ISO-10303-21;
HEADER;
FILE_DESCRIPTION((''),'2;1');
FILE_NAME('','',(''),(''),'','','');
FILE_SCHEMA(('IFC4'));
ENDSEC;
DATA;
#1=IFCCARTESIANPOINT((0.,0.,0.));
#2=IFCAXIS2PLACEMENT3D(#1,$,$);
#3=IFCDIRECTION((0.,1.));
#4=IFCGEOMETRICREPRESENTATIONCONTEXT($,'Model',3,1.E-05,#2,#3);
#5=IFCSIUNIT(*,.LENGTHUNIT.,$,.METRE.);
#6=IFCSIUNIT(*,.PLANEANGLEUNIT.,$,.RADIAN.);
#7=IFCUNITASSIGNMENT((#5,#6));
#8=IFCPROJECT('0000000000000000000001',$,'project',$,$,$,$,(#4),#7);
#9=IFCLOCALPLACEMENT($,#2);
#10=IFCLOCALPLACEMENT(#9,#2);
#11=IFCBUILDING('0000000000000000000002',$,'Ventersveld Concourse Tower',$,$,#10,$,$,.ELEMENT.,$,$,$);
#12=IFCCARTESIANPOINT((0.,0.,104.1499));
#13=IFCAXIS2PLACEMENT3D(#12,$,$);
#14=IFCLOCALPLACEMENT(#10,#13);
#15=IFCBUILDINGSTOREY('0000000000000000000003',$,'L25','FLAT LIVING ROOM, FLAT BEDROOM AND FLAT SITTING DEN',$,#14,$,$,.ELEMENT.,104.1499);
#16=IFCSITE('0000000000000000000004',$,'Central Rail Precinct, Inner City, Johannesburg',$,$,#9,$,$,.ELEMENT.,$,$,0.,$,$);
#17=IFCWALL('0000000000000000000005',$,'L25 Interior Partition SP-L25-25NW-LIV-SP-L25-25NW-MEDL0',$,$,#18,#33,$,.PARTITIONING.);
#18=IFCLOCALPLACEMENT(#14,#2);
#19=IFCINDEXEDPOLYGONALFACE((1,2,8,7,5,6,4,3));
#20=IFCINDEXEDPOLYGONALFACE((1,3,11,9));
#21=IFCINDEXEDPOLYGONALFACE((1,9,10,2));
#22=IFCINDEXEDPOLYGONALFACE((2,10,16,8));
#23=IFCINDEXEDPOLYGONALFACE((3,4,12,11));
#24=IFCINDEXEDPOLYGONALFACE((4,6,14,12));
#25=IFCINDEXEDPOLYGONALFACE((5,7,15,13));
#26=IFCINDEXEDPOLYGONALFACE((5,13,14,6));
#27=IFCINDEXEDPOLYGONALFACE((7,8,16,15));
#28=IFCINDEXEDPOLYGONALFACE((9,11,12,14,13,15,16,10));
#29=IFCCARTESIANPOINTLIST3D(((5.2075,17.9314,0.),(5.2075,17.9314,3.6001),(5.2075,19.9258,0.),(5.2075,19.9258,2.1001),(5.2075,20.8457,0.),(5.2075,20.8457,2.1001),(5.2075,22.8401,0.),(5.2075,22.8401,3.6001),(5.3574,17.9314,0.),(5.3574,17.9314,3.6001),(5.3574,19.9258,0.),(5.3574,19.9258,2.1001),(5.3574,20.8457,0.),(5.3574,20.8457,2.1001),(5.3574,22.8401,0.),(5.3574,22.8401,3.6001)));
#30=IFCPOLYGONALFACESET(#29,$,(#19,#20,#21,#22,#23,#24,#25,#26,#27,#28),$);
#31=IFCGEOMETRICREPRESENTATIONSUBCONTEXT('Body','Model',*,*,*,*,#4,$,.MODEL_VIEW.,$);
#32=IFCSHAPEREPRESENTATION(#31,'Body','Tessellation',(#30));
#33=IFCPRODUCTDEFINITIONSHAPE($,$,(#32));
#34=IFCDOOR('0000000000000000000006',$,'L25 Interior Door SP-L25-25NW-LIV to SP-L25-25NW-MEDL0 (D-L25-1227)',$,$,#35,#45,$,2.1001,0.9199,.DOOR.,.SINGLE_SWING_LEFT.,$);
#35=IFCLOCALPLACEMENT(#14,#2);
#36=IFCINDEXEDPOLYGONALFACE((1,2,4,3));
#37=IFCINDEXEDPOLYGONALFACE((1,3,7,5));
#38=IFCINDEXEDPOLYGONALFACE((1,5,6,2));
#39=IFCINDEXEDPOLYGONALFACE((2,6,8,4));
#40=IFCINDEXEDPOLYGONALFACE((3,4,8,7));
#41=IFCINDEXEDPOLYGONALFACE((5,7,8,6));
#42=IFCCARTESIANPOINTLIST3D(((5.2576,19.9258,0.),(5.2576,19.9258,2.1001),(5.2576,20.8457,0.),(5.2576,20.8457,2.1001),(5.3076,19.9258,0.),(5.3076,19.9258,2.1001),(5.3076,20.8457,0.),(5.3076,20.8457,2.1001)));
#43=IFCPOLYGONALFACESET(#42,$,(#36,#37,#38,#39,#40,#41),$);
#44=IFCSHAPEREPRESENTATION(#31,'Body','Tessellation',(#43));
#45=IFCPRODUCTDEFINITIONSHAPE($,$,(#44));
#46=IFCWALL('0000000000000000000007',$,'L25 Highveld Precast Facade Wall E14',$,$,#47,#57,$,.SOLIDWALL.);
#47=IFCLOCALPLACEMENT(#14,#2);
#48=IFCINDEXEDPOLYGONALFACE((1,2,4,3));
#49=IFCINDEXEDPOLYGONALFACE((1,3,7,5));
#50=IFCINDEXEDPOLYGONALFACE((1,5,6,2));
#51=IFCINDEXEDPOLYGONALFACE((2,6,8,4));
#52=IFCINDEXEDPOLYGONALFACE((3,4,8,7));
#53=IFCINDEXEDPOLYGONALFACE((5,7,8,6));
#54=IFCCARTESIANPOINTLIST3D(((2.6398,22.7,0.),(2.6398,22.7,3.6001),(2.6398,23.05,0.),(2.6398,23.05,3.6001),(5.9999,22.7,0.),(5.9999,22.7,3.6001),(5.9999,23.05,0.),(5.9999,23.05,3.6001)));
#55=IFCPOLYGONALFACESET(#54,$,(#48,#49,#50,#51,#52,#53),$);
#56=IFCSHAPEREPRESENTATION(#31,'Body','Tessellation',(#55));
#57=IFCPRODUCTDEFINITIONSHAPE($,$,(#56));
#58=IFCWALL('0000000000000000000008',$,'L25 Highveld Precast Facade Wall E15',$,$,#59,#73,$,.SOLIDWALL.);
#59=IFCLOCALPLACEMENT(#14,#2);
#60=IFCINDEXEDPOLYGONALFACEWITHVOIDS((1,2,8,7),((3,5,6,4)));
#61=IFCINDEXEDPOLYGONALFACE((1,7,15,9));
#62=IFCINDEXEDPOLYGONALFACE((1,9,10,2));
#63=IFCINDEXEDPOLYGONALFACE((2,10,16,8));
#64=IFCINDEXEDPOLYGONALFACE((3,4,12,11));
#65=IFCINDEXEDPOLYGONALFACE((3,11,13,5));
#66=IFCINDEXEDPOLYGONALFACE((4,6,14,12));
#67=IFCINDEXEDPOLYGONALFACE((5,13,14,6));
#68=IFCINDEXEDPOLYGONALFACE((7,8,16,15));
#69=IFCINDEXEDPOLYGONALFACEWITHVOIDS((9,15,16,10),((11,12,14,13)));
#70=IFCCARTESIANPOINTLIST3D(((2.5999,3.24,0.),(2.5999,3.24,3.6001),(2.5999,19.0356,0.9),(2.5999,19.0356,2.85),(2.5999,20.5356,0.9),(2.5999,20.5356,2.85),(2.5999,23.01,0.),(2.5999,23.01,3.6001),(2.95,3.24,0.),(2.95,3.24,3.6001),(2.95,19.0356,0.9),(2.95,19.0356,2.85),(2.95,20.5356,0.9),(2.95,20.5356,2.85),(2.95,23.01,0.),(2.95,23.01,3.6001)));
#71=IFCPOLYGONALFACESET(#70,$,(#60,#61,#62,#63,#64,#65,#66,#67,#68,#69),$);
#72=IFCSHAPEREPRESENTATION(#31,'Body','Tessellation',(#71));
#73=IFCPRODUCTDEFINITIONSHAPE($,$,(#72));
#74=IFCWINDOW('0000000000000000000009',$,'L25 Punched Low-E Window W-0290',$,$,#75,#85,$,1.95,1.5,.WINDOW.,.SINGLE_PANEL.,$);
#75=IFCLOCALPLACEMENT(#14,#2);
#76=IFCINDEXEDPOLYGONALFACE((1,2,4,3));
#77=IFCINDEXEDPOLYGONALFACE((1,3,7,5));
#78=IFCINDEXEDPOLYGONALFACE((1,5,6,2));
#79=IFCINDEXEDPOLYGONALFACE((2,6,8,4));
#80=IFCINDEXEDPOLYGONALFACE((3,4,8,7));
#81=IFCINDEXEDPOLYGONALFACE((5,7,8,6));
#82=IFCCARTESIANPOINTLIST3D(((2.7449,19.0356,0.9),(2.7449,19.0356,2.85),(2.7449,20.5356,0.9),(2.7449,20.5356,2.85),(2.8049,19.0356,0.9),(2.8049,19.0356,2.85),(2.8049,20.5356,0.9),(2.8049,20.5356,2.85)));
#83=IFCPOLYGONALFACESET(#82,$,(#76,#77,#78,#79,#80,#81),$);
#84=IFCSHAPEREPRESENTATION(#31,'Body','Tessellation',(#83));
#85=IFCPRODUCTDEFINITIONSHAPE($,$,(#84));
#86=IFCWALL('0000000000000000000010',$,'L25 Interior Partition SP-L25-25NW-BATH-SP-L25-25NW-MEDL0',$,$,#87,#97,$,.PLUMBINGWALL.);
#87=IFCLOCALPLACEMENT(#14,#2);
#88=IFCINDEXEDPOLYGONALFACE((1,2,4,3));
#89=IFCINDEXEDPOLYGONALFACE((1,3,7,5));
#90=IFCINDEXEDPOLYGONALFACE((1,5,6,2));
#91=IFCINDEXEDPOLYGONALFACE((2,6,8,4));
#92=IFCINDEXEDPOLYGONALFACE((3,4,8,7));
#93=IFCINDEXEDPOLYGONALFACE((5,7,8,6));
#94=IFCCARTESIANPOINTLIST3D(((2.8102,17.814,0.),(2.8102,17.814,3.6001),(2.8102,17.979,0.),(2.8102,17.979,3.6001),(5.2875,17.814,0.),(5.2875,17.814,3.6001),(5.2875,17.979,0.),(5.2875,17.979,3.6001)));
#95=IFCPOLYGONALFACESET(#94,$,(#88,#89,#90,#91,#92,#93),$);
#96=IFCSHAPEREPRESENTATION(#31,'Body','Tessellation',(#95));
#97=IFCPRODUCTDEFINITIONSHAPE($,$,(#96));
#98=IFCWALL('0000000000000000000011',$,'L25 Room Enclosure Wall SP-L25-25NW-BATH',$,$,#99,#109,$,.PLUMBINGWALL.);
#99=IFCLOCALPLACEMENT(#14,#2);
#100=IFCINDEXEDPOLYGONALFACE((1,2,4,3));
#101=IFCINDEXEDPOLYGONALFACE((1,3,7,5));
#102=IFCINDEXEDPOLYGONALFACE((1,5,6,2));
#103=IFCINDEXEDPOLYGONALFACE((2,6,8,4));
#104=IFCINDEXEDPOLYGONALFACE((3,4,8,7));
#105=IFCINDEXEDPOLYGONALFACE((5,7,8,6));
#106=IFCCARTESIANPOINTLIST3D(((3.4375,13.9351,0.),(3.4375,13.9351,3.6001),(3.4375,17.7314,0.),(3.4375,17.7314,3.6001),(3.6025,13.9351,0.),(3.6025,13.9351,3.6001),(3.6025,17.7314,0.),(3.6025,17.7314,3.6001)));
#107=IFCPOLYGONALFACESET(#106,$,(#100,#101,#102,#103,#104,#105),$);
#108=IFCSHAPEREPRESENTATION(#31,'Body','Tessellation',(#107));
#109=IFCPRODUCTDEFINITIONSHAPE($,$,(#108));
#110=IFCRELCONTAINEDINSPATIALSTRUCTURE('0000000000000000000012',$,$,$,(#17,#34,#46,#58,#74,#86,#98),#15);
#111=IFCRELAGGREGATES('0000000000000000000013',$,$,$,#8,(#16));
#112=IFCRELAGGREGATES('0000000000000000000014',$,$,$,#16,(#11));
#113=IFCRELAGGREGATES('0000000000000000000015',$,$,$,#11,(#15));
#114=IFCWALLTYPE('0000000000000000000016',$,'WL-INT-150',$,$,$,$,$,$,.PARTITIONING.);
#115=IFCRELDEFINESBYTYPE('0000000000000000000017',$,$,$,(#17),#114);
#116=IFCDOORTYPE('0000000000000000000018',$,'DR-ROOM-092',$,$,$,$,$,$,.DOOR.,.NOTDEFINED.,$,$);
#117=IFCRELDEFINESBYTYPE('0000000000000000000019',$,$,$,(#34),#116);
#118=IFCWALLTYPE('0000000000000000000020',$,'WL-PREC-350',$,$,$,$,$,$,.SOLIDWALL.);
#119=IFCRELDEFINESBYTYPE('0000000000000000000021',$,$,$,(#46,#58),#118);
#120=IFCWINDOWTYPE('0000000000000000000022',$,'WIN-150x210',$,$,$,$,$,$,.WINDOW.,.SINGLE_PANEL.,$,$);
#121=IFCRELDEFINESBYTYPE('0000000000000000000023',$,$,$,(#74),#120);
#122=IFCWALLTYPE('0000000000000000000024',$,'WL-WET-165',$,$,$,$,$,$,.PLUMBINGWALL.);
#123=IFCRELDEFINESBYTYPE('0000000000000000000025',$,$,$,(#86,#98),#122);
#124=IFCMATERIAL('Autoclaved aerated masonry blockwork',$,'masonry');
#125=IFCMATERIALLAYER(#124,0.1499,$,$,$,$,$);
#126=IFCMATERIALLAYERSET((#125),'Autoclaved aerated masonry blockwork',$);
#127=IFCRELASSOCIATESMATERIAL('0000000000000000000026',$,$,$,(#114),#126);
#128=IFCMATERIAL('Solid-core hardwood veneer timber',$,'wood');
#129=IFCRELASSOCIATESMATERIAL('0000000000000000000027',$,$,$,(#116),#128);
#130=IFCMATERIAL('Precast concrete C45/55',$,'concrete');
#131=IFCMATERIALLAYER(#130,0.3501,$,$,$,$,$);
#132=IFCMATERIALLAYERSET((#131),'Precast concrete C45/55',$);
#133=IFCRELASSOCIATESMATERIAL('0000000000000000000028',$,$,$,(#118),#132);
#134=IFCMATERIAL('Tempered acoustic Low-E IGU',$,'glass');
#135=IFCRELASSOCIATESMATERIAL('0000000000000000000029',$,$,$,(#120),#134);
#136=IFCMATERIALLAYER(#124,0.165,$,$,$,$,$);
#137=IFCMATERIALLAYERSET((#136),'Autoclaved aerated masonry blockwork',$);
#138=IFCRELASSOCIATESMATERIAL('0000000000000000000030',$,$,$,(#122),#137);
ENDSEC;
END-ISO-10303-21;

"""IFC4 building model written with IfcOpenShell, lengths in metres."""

from ifc_helpers import new_model, si_unit, direction, frame, frame_2d, origin, place, context, subcontext, project, spatial, rectangle, extrude, material, layer, layer_set, type_object, element, fill, save


model = new_model("IFC4")

# Units and contexts
model_context = context("Model", 3, precision=1e-05, world=origin(), true_north=direction((0.0, 1.0)))
body_context = subcontext(model_context, "Body", "Model", "MODEL_VIEW")
ifc_project = project(units=[si_unit("LENGTHUNIT", "METRE"), si_unit("PLANEANGLEUNIT", "RADIAN")], contexts=[model_context])

# Site, building, storey
site_placement = place(None, origin())
site = spatial("IfcSite", under=ifc_project, at=site_placement, Name="Central Rail Precinct, Inner City, Johannesburg", CompositionType="ELEMENT", RefElevation=0.0)
building_placement = place(site_placement, origin())
building = spatial("IfcBuilding", under=site, at=building_placement, Name="Ventersveld Concourse Tower", CompositionType="ELEMENT")
storey_placement = place(building_placement, frame((0.0, 0.0, 104.1499)))
storey = spatial("IfcBuildingStorey", under=building, at=storey_placement, Name="L25", Description="FLAT LIVING ROOM, FLAT BEDROOM AND FLAT SITTING DEN", CompositionType="ELEMENT", Elevation=104.1499)

# Shared definitions
ifc_material_1 = material(Name="Solid-core hardwood veneer timber", Category="wood")

# Wall, opening, door
ifc_material_2 = material(Name="Autoclaved aerated masonry blockwork", Category="masonry")
ifc_layer_1 = layer(ifc_material_2, 0.1499)
ifc_layer_set_1 = layer_set([ifc_layer_1], Name="Autoclaved aerated masonry blockwork")
wall_type_1 = type_object("IfcWallType", Name="WL-INT-150", PredefinedType="PARTITIONING", material=ifc_layer_set_1)
wall_1_placement = place(storey_placement, frame((5.2825, 17.9314, 0.0), z_axis=(0.0, 0.0, 1.0), x_axis=(0.0, 1.0, 0.0)))
wall_1 = element("IfcWall", 1, at=wall_1_placement, inside=storey, type_object=wall_type_1, Name="L25 Interior Partition SP-L25-25NW-LIV-SP-L25-25NW-MEDL0", PredefinedType="PARTITIONING", context=body_context, shape_type="SweptSolid", body=[
    extrude(rectangle(XDim=4.9087, YDim=0.1499, at=frame_2d((2.4543, 0.0))), origin(), (0.0, 0.0, 1.0), 3.6001),
])
opening_1_placement = place(wall_1_placement, frame((1.9944, 0.0, 0.0)))
opening_1 = element("IfcOpeningElement", 2, at=opening_1_placement, cuts=wall_1, PredefinedType="OPENING", context=body_context, shape_type="SweptSolid", body=[
    extrude(rectangle(XDim=0.9199, YDim=2.1001, at=frame_2d((0.46, 1.05))), frame((0.0, 0.085, 0.0), z_axis=(0.0, -1.0, 0.0), x_axis=(1.0, 0.0, 0.0)), (0.0, 0.0, 1.0), 0.1699),
])
door_type_1 = type_object("IfcDoorType", Name="DR-ROOM-092", OperationType="NOTDEFINED", PredefinedType="DOOR", material=ifc_material_1)
door_1_placement = place(opening_1_placement, origin())
door_1 = element("IfcDoor", 3, at=door_1_placement, inside=storey, type_object=door_type_1, Name="L25 Interior Door SP-L25-25NW-LIV to SP-L25-25NW-MEDL0 (D-L25-1227)", OperationType="SINGLE_SWING_LEFT", OverallHeight=2.1001, OverallWidth=0.9199, PredefinedType="DOOR", context=body_context, shape_type="SweptSolid", body=[
    extrude(rectangle(XDim=0.9199, YDim=2.1001, at=frame_2d((0.46, 1.05))), frame((0.0, 0.0249, 0.0), z_axis=(0.0, -1.0, 0.0), x_axis=(1.0, 0.0, 0.0)), (0.0, 0.0, 1.0), 0.05),
])
fill(opening_1, door_1)

# Wall
ifc_material_3 = material(Name="Precast concrete C45/55", Category="concrete")
ifc_layer_2 = layer(ifc_material_3, 0.3501)
ifc_layer_set_2 = layer_set([ifc_layer_2], Name="Precast concrete C45/55")
wall_type_2 = type_object("IfcWallType", Name="WL-PREC-350", PredefinedType="SOLIDWALL", material=ifc_layer_set_2)
wall_2_placement = place(storey_placement, frame((6.0, 22.875, 0.0), z_axis=(0.0, 0.0, 1.0), x_axis=(-1.0, 0.0, 0.0)))
element("IfcWall", 4, at=wall_2_placement, inside=storey, type_object=wall_type_2, Name="L25 Highveld Precast Facade Wall E14", PredefinedType="SOLIDWALL", context=body_context, shape_type="SweptSolid", body=[
    extrude(rectangle(XDim=3.3601, YDim=0.3501, at=frame_2d((1.6802, 0.0))), origin(), (0.0, 0.0, 1.0), 3.6001),
])

# Wall, opening, window
wall_3_placement = place(storey_placement, frame((2.7749, 23.01, 0.0), z_axis=(0.0, 0.0, 1.0), x_axis=(0.0, -1.0, 0.0)))
wall_3 = element("IfcWall", 5, at=wall_3_placement, inside=storey, type_object=wall_type_2, Name="L25 Highveld Precast Facade Wall E15", PredefinedType="SOLIDWALL", context=body_context, shape_type="SweptSolid", body=[
    extrude(rectangle(XDim=19.77, YDim=0.3501, at=frame_2d((9.885, 0.0))), origin(), (0.0, 0.0, 1.0), 3.6001),
])
opening_2_placement = place(wall_3_placement, frame((2.4744, 0.0, 0.8999)))
opening_2 = element("IfcOpeningElement", 6, at=opening_2_placement, cuts=wall_3, PredefinedType="OPENING", context=body_context, shape_type="SweptSolid", body=[
    extrude(rectangle(XDim=1.5, YDim=1.95, at=frame_2d((0.75, 0.9751))), frame((0.0, 0.1851, 0.0), z_axis=(0.0, -1.0, 0.0), x_axis=(1.0, 0.0, 0.0)), (0.0, 0.0, 1.0), 0.3701),
])
ifc_material_4 = material(Name="Tempered acoustic Low-E IGU", Category="glass")
window_type = type_object("IfcWindowType", Name="WIN-150x210", PartitioningType="SINGLE_PANEL", PredefinedType="WINDOW", material=ifc_material_4)
window_placement = place(opening_2_placement, origin())
window = element("IfcWindow", 7, at=window_placement, inside=storey, type_object=window_type, Name="L25 Punched Low-E Window W-0290", OverallHeight=1.95, OverallWidth=1.5, PartitioningType="SINGLE_PANEL", PredefinedType="WINDOW", context=body_context, shape_type="SweptSolid", body=[
    extrude(rectangle(XDim=1.5, YDim=1.95, at=frame_2d((0.75, 0.9751))), frame((0.0, 0.03, 0.0), z_axis=(0.0, -1.0, 0.0), x_axis=(1.0, 0.0, 0.0)), (0.0, 0.0, 1.0), 0.0601),
])
fill(opening_2, window)

# Walls
ifc_layer_3 = layer(ifc_material_2, 0.165)
ifc_layer_set_3 = layer_set([ifc_layer_3], Name="Autoclaved aerated masonry blockwork")
wall_type_3 = type_object("IfcWallType", Name="WL-WET-165", PredefinedType="PLUMBINGWALL", material=ifc_layer_set_3)
wall_4_placement = place(storey_placement, frame((2.8101, 17.8965, 0.0), z_axis=(0.0, 0.0, 1.0), x_axis=(1.0, 0.0, 0.0)))
element("IfcWall", 8, at=wall_4_placement, inside=storey, type_object=wall_type_3, Name="L25 Interior Partition SP-L25-25NW-BATH-SP-L25-25NW-MEDL0", PredefinedType="PLUMBINGWALL", context=body_context, shape_type="SweptSolid", body=[
    extrude(rectangle(XDim=2.4773, YDim=0.165, at=frame_2d((1.2388, 0.0))), origin(), (0.0, 0.0, 1.0), 3.6001),
])
wall_5_placement = place(storey_placement, frame((3.52, 13.9351, 0.0), z_axis=(0.0, 0.0, 1.0), x_axis=(0.0, 1.0, 0.0)))
element("IfcWall", 9, at=wall_5_placement, inside=storey, type_object=wall_type_3, Name="L25 Room Enclosure Wall SP-L25-25NW-BATH", PredefinedType="PLUMBINGWALL", context=body_context, shape_type="SweptSolid", body=[
    extrude(rectangle(XDim=3.7964, YDim=0.165, at=frame_2d((1.8982, 0.0))), origin(), (0.0, 0.0, 1.0), 3.6001),
])

save(model, "model.ifc")
